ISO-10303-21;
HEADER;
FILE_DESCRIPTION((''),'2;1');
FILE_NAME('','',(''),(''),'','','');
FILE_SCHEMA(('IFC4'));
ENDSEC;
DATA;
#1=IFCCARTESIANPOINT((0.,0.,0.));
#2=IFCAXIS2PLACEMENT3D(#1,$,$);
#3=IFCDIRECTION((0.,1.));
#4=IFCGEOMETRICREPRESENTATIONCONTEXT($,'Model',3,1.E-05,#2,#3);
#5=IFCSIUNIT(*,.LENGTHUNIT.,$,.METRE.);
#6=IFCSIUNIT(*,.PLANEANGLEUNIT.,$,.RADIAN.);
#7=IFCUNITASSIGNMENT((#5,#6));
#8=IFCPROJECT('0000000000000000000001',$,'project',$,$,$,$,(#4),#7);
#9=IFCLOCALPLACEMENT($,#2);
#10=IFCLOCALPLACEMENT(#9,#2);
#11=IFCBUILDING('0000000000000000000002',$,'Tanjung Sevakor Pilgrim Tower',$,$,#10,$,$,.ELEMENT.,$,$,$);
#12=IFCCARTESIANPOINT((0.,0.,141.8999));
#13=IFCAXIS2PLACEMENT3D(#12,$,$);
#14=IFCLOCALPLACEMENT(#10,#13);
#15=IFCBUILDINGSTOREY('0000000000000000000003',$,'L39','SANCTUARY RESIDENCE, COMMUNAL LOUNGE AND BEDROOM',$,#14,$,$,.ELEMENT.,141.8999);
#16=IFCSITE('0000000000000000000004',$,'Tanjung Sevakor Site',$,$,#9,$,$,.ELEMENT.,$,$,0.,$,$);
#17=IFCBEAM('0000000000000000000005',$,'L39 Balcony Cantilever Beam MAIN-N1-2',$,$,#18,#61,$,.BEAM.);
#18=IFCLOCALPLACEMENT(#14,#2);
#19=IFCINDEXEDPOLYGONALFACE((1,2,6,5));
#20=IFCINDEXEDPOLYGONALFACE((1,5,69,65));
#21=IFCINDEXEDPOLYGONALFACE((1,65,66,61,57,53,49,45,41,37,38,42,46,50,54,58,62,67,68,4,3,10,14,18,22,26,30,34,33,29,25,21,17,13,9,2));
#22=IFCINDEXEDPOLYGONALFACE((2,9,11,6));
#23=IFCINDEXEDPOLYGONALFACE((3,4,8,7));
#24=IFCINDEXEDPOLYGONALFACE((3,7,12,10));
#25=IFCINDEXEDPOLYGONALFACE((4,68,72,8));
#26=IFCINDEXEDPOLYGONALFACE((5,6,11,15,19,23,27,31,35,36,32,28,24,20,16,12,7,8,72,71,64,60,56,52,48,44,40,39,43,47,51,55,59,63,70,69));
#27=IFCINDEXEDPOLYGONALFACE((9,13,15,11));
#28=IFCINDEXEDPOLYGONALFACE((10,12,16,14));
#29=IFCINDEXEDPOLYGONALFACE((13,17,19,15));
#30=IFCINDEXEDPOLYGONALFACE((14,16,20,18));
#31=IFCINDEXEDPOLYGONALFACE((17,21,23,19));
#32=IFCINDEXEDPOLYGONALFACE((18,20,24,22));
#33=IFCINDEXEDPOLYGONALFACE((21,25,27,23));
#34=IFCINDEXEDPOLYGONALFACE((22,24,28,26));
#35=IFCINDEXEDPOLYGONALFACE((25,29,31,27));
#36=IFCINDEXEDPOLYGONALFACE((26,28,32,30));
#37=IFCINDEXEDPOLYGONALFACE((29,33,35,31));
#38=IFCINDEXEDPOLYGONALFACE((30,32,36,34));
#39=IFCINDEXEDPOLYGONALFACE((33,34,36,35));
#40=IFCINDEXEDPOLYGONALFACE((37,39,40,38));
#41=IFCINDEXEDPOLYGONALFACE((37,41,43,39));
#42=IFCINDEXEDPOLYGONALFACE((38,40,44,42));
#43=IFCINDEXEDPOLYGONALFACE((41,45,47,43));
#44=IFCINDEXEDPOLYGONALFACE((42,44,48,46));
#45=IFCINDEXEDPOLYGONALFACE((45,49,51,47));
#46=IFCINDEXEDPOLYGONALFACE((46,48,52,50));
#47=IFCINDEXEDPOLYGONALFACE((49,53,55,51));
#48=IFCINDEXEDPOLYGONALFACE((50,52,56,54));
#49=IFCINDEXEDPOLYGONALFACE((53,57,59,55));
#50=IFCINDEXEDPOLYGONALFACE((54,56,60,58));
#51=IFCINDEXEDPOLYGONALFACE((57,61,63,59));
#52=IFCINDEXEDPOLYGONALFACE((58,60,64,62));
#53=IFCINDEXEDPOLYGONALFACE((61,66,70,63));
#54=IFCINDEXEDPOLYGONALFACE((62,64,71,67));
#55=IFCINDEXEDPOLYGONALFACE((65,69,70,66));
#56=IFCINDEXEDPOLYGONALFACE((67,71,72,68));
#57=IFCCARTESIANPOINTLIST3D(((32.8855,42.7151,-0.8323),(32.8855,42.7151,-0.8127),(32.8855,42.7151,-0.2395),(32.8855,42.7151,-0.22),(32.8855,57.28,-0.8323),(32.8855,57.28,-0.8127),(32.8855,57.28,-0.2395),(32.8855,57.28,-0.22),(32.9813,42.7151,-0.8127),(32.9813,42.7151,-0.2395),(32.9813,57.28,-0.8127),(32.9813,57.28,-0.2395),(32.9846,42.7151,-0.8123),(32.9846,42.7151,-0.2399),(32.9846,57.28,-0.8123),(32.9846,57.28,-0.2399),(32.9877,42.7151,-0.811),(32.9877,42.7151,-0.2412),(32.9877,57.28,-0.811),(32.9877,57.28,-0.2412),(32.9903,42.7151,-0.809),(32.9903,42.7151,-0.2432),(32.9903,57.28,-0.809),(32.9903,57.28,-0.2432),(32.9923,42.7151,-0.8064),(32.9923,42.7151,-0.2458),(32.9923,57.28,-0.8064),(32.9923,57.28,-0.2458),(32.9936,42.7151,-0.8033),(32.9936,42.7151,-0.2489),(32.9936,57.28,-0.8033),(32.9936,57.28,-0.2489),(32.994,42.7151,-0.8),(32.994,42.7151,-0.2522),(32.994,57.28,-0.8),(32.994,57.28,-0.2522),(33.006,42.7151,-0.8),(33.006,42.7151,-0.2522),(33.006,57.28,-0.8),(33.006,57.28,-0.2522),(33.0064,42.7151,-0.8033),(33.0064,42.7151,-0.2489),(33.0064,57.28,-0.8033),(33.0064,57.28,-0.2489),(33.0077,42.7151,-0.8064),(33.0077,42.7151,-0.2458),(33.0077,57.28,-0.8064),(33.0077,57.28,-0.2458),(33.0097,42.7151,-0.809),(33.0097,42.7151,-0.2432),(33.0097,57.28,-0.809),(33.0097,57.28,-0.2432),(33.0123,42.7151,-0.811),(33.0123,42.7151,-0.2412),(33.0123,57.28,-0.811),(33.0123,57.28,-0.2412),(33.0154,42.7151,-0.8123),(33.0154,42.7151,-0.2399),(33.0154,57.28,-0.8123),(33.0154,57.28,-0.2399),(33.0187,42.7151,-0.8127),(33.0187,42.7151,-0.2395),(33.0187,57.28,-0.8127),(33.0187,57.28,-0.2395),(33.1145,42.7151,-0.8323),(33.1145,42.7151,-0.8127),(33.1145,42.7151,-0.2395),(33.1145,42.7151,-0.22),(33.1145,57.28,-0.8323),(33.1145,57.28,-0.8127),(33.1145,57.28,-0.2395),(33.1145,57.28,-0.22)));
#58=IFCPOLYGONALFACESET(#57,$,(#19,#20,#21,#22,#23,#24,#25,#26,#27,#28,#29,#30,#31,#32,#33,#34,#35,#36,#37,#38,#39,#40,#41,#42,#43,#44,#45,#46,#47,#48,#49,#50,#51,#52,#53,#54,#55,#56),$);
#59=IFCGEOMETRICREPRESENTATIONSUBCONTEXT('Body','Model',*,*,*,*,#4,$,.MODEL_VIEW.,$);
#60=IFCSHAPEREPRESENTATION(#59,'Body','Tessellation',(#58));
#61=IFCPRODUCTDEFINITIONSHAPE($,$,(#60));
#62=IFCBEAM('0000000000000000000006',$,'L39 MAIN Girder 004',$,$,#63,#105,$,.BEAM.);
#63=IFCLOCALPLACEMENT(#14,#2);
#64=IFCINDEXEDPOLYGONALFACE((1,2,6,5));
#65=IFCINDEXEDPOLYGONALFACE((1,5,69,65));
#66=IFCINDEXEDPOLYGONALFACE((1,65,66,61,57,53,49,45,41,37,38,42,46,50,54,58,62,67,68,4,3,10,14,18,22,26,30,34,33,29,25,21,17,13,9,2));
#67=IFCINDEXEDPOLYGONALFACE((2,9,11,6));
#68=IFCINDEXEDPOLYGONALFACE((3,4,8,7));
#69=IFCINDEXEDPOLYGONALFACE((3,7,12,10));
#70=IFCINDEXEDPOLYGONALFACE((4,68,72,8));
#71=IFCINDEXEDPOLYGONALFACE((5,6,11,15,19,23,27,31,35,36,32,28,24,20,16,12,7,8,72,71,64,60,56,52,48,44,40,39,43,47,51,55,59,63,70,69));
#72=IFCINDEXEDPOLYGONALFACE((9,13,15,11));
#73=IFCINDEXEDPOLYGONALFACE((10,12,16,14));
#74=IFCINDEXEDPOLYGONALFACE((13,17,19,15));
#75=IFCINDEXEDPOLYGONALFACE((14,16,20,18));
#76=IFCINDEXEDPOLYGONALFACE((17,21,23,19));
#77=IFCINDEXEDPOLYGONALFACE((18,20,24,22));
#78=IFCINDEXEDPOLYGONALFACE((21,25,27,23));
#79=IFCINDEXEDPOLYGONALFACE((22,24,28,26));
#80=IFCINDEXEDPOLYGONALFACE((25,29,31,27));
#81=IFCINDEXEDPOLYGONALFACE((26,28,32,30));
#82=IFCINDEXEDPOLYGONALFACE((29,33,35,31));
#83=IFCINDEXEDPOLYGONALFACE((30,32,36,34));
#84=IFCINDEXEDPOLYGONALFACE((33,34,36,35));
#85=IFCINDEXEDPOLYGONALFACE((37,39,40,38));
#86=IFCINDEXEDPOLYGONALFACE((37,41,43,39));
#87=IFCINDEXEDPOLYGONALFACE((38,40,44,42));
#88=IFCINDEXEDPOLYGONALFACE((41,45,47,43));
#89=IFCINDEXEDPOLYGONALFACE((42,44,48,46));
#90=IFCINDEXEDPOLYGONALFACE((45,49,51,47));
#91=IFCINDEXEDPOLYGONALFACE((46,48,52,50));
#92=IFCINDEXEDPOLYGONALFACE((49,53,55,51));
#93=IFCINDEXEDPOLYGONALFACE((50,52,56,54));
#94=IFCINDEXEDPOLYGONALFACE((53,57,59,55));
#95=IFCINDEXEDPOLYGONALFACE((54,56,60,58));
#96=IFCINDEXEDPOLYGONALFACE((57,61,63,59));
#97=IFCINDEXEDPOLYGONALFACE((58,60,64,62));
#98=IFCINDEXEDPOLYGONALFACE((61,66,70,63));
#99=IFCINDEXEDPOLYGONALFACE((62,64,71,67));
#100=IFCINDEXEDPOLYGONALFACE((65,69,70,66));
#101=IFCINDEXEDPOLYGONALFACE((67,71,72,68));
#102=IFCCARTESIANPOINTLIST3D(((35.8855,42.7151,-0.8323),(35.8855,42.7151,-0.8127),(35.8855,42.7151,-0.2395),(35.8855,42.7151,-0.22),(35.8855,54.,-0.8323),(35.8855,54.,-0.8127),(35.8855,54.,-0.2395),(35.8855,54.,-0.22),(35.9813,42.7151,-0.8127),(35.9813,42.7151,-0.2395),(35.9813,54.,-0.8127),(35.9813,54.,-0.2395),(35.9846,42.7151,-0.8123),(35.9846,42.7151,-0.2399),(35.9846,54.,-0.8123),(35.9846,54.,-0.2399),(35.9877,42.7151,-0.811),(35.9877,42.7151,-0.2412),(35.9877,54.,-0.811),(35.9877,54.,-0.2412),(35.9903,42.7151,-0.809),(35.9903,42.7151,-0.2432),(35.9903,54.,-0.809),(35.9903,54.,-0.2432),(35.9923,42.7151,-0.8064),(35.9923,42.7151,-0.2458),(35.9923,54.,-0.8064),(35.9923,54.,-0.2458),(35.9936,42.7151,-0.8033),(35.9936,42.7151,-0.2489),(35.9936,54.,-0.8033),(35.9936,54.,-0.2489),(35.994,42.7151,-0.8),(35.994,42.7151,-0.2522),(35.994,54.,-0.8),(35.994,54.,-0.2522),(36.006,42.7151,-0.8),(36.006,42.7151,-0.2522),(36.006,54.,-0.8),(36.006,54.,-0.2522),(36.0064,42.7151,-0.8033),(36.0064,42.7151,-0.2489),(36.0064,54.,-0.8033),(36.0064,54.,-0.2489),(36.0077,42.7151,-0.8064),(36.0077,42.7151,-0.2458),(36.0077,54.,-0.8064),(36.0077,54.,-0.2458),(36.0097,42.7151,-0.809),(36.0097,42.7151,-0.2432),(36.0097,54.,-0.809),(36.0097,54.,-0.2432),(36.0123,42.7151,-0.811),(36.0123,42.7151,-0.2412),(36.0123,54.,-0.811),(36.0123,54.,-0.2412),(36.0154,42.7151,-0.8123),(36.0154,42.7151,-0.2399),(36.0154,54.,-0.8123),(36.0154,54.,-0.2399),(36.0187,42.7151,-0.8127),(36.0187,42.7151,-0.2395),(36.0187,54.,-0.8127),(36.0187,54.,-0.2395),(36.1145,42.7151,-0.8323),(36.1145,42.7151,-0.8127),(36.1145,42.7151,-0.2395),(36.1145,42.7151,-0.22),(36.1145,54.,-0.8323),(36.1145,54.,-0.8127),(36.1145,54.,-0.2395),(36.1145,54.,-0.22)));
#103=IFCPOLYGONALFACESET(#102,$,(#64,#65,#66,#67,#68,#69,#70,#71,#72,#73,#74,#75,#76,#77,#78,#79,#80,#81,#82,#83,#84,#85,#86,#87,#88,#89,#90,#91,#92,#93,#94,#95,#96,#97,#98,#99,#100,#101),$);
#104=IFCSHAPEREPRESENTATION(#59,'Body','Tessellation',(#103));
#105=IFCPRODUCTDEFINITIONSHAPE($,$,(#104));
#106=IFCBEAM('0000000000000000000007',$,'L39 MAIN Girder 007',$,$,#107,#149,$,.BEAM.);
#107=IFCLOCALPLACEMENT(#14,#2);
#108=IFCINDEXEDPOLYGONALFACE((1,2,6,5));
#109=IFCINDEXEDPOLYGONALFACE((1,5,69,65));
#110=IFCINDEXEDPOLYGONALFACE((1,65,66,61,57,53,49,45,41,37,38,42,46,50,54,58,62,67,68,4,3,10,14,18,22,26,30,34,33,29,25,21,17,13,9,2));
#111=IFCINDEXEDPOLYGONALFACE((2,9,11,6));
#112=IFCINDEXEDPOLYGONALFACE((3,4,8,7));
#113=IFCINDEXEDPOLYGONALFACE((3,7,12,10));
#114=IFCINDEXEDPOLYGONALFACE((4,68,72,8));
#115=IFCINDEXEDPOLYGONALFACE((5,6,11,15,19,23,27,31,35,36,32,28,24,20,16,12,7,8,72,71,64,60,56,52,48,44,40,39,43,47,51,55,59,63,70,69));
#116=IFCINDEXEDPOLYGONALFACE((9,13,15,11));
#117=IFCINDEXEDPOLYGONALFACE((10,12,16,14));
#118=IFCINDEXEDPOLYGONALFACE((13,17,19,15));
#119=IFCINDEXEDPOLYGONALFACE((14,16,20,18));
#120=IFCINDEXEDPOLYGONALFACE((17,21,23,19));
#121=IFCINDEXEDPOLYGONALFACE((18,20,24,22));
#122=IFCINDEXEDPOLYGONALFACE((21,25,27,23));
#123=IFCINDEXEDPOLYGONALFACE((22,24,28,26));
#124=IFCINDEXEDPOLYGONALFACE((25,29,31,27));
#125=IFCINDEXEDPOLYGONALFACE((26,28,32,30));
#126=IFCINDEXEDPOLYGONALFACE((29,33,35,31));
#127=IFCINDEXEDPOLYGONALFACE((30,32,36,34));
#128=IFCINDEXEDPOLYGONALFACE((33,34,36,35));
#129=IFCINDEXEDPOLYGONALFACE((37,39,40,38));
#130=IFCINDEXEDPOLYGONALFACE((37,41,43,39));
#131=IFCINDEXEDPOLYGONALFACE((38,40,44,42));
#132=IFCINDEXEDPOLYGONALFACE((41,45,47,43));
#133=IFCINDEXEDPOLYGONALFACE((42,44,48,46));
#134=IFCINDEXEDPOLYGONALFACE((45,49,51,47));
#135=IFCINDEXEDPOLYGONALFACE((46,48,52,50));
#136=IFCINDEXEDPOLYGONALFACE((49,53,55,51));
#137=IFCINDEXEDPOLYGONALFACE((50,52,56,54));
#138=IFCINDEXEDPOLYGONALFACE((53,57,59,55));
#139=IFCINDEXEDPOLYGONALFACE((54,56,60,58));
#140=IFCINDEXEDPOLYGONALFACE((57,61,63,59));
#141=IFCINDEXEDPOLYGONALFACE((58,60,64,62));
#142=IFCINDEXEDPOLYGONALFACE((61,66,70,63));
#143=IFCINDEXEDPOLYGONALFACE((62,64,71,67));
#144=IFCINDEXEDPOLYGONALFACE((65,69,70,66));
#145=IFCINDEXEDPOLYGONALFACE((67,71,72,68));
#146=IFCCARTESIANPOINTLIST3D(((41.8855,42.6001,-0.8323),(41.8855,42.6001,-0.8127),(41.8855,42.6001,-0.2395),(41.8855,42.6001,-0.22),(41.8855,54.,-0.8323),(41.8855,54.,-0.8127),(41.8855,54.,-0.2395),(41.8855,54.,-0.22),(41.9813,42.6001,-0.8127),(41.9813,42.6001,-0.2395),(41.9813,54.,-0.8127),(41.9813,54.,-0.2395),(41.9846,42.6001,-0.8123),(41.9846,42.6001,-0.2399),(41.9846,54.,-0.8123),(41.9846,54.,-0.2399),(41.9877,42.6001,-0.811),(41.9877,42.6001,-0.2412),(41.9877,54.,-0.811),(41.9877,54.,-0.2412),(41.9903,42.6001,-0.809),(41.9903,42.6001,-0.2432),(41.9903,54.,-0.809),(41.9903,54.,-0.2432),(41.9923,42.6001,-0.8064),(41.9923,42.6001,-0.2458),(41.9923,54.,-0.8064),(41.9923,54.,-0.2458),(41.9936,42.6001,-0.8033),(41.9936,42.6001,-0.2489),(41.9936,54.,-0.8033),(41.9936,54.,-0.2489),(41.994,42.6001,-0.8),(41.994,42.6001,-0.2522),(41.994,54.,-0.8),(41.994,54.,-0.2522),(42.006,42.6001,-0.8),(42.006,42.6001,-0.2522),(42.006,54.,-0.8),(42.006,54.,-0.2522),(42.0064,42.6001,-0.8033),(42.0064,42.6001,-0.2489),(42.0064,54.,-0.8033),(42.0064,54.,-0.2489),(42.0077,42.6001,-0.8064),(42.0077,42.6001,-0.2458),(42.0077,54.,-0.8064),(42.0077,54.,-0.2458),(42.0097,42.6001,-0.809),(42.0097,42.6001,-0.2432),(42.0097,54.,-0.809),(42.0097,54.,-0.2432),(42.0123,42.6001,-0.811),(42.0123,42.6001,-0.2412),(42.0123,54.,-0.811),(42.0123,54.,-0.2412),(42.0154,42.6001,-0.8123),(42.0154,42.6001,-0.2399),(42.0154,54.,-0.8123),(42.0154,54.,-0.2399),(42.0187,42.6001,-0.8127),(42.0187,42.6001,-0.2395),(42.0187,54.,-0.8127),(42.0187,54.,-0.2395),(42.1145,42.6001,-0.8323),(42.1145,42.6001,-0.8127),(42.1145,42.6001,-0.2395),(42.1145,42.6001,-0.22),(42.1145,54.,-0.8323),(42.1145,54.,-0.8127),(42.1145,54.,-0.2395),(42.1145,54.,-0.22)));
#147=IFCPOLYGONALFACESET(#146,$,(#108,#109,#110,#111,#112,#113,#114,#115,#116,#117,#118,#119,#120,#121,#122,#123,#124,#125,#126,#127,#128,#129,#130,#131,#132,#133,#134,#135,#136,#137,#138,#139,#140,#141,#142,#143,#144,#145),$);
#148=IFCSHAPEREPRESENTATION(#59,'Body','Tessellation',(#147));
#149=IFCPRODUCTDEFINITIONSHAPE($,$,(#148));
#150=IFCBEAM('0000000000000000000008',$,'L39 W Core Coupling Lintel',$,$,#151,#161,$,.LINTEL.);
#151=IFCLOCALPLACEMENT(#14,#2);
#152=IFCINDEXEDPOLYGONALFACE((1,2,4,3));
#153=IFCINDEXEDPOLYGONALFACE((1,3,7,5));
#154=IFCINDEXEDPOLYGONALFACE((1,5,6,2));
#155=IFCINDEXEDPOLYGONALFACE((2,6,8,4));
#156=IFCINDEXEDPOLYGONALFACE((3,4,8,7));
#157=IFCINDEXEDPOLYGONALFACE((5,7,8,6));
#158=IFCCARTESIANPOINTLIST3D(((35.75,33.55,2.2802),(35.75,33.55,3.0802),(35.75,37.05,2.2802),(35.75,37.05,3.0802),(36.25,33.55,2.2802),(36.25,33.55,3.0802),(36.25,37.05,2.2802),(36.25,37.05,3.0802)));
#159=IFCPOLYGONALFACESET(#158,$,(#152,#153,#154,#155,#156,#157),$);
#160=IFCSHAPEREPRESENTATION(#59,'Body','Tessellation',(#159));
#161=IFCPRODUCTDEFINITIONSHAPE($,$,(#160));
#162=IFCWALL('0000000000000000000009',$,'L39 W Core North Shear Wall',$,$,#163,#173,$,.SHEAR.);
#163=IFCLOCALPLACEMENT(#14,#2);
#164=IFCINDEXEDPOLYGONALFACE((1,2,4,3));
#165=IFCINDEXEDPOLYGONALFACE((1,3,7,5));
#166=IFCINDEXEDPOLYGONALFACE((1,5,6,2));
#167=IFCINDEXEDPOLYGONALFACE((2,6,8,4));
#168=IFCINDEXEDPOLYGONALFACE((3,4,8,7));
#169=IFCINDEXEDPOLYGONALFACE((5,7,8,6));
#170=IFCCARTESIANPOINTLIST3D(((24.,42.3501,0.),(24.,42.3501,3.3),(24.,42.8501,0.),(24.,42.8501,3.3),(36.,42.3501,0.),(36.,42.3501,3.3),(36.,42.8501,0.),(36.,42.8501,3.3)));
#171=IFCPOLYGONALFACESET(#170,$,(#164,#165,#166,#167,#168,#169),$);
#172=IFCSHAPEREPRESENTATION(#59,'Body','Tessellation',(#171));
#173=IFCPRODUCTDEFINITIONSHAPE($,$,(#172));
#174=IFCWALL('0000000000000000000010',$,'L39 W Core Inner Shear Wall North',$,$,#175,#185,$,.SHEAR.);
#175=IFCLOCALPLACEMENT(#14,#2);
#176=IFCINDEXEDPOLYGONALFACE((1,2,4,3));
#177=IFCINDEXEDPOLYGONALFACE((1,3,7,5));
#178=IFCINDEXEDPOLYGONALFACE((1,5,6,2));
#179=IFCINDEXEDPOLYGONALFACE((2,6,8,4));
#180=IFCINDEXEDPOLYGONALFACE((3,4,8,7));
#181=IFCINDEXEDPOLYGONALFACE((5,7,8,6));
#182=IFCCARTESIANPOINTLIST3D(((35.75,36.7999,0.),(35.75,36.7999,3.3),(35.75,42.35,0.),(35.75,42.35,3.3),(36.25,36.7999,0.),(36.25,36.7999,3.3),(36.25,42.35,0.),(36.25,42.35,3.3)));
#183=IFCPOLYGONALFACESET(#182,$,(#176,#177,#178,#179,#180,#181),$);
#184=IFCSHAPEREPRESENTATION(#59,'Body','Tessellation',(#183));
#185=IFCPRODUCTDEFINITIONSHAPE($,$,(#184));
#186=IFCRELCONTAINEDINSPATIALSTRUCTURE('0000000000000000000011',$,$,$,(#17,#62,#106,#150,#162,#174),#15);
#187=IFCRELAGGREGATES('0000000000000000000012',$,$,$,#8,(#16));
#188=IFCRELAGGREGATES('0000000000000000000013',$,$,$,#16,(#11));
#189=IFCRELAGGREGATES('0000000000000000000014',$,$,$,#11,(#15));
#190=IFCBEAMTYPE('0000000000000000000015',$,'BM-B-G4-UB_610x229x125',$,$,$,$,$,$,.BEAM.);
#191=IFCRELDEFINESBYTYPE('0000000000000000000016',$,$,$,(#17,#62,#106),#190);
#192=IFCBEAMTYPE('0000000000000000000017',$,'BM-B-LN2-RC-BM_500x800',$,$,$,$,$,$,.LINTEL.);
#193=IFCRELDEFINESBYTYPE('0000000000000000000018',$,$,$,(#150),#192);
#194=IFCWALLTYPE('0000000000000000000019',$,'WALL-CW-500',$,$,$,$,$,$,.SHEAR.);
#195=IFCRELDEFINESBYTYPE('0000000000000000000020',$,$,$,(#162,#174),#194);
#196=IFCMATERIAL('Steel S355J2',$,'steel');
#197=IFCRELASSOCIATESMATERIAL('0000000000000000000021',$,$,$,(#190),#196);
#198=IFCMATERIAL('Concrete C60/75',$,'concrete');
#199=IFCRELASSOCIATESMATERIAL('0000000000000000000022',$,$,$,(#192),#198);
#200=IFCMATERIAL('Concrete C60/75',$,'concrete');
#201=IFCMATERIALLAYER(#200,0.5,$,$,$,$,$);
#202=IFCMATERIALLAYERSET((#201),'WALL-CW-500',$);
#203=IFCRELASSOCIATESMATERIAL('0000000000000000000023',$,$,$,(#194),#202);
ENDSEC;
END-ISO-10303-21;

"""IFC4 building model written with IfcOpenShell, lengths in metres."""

from ifc_helpers import new_model, si_unit, direction, frame, frame_2d, origin, origin_2d, place, context, subcontext, project, spatial, rectangle, i_section, extrude, material, layer, layer_set, material_profile, profile_set, type_object, element, save


model = new_model("IFC4")

# Units and contexts
model_context = context("Model", 3, precision=1e-05, world=origin(), true_north=direction((0.0, 1.0)))
body_context = subcontext(model_context, "Body", "Model", "MODEL_VIEW")
ifc_project = project(units=[si_unit("LENGTHUNIT", "METRE"), si_unit("PLANEANGLEUNIT", "RADIAN")], contexts=[model_context])

# Site, building, storey
site_placement = place(None, origin())
site = spatial("IfcSite", under=ifc_project, at=site_placement, Name="Tanjung Sevakor Site", CompositionType="ELEMENT", RefElevation=0.0)
building_placement = place(site_placement, origin())
building = spatial("IfcBuilding", under=site, at=building_placement, Name="Tanjung Sevakor Pilgrim Tower", CompositionType="ELEMENT")
storey_placement = place(building_placement, frame((0.0, 0.0, 141.8999)))
storey = spatial("IfcBuildingStorey", under=building, at=storey_placement, Name="L39", Description="SANCTUARY RESIDENCE, COMMUNAL LOUNGE AND BEDROOM", CompositionType="ELEMENT", Elevation=141.8999)

# Beams
ifc_material_1 = material(Name="Steel S355J2", Category="steel")
ifc_material_profile_1 = material_profile(ifc_material_1, i_section(OverallWidth=0.229, OverallDepth=0.6123, WebThickness=0.012, FlangeThickness=0.0195, FilletRadius=0.0127, at=origin_2d()))
ifc_profile_set_1 = profile_set([ifc_material_profile_1], Name="Steel S355J2")
beam_type_1 = type_object("IfcBeamType", Name="BM-B-G4-UB_610x229x125", PredefinedType="BEAM", material=ifc_profile_set_1)
beam_1_placement = place(storey_placement, frame((33.0, 42.7151, -0.5261), z_axis=(0.0, 1.0, 0.0), x_axis=(-1.0, 0.0, 0.0)))
element("IfcBeam", 1, at=beam_1_placement, inside=storey, type_object=beam_type_1, Name="L39 Balcony Cantilever Beam MAIN-N1-2", PredefinedType="BEAM", context=body_context, shape_type="SweptSolid", body=[
    extrude(i_section(OverallWidth=0.229, OverallDepth=0.6123, WebThickness=0.012, FlangeThickness=0.0195, FilletRadius=0.0127, at=origin_2d()), origin(), (0.0, 0.0, 1.0), 14.5649),
])
beam_2_placement = place(storey_placement, frame((36.0, 42.7151, -0.5261), z_axis=(0.0, 1.0, 0.0), x_axis=(-1.0, 0.0, 0.0)))
element("IfcBeam", 2, at=beam_2_placement, inside=storey, type_object=beam_type_1, Name="L39 MAIN Girder 004", PredefinedType="BEAM", context=body_context, shape_type="SweptSolid", body=[
    extrude(i_section(OverallWidth=0.229, OverallDepth=0.6123, WebThickness=0.012, FlangeThickness=0.0195, FilletRadius=0.0127, at=origin_2d()), origin(), (0.0, 0.0, 1.0), 11.2849),
])
beam_3_placement = place(storey_placement, frame((42.0, 42.6001, -0.5261), z_axis=(0.0, 1.0, 0.0), x_axis=(-1.0, 0.0, 0.0)))
element("IfcBeam", 3, at=beam_3_placement, inside=storey, type_object=beam_type_1, Name="L39 MAIN Girder 007", PredefinedType="BEAM", context=body_context, shape_type="SweptSolid", body=[
    extrude(i_section(OverallWidth=0.229, OverallDepth=0.6123, WebThickness=0.012, FlangeThickness=0.0195, FilletRadius=0.0127, at=origin_2d()), origin(), (0.0, 0.0, 1.0), 11.3999),
])
ifc_material_2 = material(Name="Concrete C60/75", Category="concrete")
ifc_material_profile_2 = material_profile(ifc_material_2, rectangle(XDim=0.5, YDim=0.8, at=origin_2d()))
ifc_profile_set_2 = profile_set([ifc_material_profile_2], Name="Concrete C60/75")
beam_type_2 = type_object("IfcBeamType", Name="BM-B-LN2-RC-BM_500x800", PredefinedType="LINTEL", material=ifc_profile_set_2)
beam_4_placement = place(storey_placement, frame((36.0, 33.55, 2.6802), z_axis=(0.0, 1.0, 0.0), x_axis=(-1.0, 0.0, 0.0)))
element("IfcBeam", 4, at=beam_4_placement, inside=storey, type_object=beam_type_2, Name="L39 W Core Coupling Lintel", PredefinedType="LINTEL", context=body_context, shape_type="SweptSolid", body=[
    extrude(rectangle(XDim=0.5, YDim=0.8, at=origin_2d()), origin(), (0.0, 0.0, 1.0), 3.5),
])

# Walls
ifc_material_3 = material(Name="Concrete C60/75", Category="concrete")
ifc_layer_1 = layer(ifc_material_3, 0.5)
ifc_layer_set_1 = layer_set([ifc_layer_1], Name="WALL-CW-500")
wall_type_1 = type_object("IfcWallType", Name="WALL-CW-500", PredefinedType="SHEAR", material=ifc_layer_set_1)
wall_1_placement = place(storey_placement, frame((36.0, 42.6001, 0.0), z_axis=(0.0, 0.0, 1.0), x_axis=(-1.0, 0.0, 0.0)))
element("IfcWall", 5, at=wall_1_placement, inside=storey, type_object=wall_type_1, Name="L39 W Core North Shear Wall", PredefinedType="SHEAR", context=body_context, shape_type="SweptSolid", body=[
    extrude(rectangle(XDim=12.0, YDim=0.5, at=frame_2d((6.0, 0.0))), origin(), (0.0, 0.0, 1.0), 3.3),
])
wall_2_placement = place(storey_placement, frame((36.0, 36.8, 0.0), z_axis=(0.0, 0.0, 1.0), x_axis=(0.0, 1.0, 0.0)))
element("IfcWall", 6, at=wall_2_placement, inside=storey, type_object=wall_type_1, Name="L39 W Core Inner Shear Wall North", PredefinedType="SHEAR", context=body_context, shape_type="SweptSolid", body=[
    extrude(rectangle(XDim=5.55, YDim=0.5, at=frame_2d((2.7749, 0.0))), origin(), (0.0, 0.0, 1.0), 3.3),
])

save(model, "model.ifc")
